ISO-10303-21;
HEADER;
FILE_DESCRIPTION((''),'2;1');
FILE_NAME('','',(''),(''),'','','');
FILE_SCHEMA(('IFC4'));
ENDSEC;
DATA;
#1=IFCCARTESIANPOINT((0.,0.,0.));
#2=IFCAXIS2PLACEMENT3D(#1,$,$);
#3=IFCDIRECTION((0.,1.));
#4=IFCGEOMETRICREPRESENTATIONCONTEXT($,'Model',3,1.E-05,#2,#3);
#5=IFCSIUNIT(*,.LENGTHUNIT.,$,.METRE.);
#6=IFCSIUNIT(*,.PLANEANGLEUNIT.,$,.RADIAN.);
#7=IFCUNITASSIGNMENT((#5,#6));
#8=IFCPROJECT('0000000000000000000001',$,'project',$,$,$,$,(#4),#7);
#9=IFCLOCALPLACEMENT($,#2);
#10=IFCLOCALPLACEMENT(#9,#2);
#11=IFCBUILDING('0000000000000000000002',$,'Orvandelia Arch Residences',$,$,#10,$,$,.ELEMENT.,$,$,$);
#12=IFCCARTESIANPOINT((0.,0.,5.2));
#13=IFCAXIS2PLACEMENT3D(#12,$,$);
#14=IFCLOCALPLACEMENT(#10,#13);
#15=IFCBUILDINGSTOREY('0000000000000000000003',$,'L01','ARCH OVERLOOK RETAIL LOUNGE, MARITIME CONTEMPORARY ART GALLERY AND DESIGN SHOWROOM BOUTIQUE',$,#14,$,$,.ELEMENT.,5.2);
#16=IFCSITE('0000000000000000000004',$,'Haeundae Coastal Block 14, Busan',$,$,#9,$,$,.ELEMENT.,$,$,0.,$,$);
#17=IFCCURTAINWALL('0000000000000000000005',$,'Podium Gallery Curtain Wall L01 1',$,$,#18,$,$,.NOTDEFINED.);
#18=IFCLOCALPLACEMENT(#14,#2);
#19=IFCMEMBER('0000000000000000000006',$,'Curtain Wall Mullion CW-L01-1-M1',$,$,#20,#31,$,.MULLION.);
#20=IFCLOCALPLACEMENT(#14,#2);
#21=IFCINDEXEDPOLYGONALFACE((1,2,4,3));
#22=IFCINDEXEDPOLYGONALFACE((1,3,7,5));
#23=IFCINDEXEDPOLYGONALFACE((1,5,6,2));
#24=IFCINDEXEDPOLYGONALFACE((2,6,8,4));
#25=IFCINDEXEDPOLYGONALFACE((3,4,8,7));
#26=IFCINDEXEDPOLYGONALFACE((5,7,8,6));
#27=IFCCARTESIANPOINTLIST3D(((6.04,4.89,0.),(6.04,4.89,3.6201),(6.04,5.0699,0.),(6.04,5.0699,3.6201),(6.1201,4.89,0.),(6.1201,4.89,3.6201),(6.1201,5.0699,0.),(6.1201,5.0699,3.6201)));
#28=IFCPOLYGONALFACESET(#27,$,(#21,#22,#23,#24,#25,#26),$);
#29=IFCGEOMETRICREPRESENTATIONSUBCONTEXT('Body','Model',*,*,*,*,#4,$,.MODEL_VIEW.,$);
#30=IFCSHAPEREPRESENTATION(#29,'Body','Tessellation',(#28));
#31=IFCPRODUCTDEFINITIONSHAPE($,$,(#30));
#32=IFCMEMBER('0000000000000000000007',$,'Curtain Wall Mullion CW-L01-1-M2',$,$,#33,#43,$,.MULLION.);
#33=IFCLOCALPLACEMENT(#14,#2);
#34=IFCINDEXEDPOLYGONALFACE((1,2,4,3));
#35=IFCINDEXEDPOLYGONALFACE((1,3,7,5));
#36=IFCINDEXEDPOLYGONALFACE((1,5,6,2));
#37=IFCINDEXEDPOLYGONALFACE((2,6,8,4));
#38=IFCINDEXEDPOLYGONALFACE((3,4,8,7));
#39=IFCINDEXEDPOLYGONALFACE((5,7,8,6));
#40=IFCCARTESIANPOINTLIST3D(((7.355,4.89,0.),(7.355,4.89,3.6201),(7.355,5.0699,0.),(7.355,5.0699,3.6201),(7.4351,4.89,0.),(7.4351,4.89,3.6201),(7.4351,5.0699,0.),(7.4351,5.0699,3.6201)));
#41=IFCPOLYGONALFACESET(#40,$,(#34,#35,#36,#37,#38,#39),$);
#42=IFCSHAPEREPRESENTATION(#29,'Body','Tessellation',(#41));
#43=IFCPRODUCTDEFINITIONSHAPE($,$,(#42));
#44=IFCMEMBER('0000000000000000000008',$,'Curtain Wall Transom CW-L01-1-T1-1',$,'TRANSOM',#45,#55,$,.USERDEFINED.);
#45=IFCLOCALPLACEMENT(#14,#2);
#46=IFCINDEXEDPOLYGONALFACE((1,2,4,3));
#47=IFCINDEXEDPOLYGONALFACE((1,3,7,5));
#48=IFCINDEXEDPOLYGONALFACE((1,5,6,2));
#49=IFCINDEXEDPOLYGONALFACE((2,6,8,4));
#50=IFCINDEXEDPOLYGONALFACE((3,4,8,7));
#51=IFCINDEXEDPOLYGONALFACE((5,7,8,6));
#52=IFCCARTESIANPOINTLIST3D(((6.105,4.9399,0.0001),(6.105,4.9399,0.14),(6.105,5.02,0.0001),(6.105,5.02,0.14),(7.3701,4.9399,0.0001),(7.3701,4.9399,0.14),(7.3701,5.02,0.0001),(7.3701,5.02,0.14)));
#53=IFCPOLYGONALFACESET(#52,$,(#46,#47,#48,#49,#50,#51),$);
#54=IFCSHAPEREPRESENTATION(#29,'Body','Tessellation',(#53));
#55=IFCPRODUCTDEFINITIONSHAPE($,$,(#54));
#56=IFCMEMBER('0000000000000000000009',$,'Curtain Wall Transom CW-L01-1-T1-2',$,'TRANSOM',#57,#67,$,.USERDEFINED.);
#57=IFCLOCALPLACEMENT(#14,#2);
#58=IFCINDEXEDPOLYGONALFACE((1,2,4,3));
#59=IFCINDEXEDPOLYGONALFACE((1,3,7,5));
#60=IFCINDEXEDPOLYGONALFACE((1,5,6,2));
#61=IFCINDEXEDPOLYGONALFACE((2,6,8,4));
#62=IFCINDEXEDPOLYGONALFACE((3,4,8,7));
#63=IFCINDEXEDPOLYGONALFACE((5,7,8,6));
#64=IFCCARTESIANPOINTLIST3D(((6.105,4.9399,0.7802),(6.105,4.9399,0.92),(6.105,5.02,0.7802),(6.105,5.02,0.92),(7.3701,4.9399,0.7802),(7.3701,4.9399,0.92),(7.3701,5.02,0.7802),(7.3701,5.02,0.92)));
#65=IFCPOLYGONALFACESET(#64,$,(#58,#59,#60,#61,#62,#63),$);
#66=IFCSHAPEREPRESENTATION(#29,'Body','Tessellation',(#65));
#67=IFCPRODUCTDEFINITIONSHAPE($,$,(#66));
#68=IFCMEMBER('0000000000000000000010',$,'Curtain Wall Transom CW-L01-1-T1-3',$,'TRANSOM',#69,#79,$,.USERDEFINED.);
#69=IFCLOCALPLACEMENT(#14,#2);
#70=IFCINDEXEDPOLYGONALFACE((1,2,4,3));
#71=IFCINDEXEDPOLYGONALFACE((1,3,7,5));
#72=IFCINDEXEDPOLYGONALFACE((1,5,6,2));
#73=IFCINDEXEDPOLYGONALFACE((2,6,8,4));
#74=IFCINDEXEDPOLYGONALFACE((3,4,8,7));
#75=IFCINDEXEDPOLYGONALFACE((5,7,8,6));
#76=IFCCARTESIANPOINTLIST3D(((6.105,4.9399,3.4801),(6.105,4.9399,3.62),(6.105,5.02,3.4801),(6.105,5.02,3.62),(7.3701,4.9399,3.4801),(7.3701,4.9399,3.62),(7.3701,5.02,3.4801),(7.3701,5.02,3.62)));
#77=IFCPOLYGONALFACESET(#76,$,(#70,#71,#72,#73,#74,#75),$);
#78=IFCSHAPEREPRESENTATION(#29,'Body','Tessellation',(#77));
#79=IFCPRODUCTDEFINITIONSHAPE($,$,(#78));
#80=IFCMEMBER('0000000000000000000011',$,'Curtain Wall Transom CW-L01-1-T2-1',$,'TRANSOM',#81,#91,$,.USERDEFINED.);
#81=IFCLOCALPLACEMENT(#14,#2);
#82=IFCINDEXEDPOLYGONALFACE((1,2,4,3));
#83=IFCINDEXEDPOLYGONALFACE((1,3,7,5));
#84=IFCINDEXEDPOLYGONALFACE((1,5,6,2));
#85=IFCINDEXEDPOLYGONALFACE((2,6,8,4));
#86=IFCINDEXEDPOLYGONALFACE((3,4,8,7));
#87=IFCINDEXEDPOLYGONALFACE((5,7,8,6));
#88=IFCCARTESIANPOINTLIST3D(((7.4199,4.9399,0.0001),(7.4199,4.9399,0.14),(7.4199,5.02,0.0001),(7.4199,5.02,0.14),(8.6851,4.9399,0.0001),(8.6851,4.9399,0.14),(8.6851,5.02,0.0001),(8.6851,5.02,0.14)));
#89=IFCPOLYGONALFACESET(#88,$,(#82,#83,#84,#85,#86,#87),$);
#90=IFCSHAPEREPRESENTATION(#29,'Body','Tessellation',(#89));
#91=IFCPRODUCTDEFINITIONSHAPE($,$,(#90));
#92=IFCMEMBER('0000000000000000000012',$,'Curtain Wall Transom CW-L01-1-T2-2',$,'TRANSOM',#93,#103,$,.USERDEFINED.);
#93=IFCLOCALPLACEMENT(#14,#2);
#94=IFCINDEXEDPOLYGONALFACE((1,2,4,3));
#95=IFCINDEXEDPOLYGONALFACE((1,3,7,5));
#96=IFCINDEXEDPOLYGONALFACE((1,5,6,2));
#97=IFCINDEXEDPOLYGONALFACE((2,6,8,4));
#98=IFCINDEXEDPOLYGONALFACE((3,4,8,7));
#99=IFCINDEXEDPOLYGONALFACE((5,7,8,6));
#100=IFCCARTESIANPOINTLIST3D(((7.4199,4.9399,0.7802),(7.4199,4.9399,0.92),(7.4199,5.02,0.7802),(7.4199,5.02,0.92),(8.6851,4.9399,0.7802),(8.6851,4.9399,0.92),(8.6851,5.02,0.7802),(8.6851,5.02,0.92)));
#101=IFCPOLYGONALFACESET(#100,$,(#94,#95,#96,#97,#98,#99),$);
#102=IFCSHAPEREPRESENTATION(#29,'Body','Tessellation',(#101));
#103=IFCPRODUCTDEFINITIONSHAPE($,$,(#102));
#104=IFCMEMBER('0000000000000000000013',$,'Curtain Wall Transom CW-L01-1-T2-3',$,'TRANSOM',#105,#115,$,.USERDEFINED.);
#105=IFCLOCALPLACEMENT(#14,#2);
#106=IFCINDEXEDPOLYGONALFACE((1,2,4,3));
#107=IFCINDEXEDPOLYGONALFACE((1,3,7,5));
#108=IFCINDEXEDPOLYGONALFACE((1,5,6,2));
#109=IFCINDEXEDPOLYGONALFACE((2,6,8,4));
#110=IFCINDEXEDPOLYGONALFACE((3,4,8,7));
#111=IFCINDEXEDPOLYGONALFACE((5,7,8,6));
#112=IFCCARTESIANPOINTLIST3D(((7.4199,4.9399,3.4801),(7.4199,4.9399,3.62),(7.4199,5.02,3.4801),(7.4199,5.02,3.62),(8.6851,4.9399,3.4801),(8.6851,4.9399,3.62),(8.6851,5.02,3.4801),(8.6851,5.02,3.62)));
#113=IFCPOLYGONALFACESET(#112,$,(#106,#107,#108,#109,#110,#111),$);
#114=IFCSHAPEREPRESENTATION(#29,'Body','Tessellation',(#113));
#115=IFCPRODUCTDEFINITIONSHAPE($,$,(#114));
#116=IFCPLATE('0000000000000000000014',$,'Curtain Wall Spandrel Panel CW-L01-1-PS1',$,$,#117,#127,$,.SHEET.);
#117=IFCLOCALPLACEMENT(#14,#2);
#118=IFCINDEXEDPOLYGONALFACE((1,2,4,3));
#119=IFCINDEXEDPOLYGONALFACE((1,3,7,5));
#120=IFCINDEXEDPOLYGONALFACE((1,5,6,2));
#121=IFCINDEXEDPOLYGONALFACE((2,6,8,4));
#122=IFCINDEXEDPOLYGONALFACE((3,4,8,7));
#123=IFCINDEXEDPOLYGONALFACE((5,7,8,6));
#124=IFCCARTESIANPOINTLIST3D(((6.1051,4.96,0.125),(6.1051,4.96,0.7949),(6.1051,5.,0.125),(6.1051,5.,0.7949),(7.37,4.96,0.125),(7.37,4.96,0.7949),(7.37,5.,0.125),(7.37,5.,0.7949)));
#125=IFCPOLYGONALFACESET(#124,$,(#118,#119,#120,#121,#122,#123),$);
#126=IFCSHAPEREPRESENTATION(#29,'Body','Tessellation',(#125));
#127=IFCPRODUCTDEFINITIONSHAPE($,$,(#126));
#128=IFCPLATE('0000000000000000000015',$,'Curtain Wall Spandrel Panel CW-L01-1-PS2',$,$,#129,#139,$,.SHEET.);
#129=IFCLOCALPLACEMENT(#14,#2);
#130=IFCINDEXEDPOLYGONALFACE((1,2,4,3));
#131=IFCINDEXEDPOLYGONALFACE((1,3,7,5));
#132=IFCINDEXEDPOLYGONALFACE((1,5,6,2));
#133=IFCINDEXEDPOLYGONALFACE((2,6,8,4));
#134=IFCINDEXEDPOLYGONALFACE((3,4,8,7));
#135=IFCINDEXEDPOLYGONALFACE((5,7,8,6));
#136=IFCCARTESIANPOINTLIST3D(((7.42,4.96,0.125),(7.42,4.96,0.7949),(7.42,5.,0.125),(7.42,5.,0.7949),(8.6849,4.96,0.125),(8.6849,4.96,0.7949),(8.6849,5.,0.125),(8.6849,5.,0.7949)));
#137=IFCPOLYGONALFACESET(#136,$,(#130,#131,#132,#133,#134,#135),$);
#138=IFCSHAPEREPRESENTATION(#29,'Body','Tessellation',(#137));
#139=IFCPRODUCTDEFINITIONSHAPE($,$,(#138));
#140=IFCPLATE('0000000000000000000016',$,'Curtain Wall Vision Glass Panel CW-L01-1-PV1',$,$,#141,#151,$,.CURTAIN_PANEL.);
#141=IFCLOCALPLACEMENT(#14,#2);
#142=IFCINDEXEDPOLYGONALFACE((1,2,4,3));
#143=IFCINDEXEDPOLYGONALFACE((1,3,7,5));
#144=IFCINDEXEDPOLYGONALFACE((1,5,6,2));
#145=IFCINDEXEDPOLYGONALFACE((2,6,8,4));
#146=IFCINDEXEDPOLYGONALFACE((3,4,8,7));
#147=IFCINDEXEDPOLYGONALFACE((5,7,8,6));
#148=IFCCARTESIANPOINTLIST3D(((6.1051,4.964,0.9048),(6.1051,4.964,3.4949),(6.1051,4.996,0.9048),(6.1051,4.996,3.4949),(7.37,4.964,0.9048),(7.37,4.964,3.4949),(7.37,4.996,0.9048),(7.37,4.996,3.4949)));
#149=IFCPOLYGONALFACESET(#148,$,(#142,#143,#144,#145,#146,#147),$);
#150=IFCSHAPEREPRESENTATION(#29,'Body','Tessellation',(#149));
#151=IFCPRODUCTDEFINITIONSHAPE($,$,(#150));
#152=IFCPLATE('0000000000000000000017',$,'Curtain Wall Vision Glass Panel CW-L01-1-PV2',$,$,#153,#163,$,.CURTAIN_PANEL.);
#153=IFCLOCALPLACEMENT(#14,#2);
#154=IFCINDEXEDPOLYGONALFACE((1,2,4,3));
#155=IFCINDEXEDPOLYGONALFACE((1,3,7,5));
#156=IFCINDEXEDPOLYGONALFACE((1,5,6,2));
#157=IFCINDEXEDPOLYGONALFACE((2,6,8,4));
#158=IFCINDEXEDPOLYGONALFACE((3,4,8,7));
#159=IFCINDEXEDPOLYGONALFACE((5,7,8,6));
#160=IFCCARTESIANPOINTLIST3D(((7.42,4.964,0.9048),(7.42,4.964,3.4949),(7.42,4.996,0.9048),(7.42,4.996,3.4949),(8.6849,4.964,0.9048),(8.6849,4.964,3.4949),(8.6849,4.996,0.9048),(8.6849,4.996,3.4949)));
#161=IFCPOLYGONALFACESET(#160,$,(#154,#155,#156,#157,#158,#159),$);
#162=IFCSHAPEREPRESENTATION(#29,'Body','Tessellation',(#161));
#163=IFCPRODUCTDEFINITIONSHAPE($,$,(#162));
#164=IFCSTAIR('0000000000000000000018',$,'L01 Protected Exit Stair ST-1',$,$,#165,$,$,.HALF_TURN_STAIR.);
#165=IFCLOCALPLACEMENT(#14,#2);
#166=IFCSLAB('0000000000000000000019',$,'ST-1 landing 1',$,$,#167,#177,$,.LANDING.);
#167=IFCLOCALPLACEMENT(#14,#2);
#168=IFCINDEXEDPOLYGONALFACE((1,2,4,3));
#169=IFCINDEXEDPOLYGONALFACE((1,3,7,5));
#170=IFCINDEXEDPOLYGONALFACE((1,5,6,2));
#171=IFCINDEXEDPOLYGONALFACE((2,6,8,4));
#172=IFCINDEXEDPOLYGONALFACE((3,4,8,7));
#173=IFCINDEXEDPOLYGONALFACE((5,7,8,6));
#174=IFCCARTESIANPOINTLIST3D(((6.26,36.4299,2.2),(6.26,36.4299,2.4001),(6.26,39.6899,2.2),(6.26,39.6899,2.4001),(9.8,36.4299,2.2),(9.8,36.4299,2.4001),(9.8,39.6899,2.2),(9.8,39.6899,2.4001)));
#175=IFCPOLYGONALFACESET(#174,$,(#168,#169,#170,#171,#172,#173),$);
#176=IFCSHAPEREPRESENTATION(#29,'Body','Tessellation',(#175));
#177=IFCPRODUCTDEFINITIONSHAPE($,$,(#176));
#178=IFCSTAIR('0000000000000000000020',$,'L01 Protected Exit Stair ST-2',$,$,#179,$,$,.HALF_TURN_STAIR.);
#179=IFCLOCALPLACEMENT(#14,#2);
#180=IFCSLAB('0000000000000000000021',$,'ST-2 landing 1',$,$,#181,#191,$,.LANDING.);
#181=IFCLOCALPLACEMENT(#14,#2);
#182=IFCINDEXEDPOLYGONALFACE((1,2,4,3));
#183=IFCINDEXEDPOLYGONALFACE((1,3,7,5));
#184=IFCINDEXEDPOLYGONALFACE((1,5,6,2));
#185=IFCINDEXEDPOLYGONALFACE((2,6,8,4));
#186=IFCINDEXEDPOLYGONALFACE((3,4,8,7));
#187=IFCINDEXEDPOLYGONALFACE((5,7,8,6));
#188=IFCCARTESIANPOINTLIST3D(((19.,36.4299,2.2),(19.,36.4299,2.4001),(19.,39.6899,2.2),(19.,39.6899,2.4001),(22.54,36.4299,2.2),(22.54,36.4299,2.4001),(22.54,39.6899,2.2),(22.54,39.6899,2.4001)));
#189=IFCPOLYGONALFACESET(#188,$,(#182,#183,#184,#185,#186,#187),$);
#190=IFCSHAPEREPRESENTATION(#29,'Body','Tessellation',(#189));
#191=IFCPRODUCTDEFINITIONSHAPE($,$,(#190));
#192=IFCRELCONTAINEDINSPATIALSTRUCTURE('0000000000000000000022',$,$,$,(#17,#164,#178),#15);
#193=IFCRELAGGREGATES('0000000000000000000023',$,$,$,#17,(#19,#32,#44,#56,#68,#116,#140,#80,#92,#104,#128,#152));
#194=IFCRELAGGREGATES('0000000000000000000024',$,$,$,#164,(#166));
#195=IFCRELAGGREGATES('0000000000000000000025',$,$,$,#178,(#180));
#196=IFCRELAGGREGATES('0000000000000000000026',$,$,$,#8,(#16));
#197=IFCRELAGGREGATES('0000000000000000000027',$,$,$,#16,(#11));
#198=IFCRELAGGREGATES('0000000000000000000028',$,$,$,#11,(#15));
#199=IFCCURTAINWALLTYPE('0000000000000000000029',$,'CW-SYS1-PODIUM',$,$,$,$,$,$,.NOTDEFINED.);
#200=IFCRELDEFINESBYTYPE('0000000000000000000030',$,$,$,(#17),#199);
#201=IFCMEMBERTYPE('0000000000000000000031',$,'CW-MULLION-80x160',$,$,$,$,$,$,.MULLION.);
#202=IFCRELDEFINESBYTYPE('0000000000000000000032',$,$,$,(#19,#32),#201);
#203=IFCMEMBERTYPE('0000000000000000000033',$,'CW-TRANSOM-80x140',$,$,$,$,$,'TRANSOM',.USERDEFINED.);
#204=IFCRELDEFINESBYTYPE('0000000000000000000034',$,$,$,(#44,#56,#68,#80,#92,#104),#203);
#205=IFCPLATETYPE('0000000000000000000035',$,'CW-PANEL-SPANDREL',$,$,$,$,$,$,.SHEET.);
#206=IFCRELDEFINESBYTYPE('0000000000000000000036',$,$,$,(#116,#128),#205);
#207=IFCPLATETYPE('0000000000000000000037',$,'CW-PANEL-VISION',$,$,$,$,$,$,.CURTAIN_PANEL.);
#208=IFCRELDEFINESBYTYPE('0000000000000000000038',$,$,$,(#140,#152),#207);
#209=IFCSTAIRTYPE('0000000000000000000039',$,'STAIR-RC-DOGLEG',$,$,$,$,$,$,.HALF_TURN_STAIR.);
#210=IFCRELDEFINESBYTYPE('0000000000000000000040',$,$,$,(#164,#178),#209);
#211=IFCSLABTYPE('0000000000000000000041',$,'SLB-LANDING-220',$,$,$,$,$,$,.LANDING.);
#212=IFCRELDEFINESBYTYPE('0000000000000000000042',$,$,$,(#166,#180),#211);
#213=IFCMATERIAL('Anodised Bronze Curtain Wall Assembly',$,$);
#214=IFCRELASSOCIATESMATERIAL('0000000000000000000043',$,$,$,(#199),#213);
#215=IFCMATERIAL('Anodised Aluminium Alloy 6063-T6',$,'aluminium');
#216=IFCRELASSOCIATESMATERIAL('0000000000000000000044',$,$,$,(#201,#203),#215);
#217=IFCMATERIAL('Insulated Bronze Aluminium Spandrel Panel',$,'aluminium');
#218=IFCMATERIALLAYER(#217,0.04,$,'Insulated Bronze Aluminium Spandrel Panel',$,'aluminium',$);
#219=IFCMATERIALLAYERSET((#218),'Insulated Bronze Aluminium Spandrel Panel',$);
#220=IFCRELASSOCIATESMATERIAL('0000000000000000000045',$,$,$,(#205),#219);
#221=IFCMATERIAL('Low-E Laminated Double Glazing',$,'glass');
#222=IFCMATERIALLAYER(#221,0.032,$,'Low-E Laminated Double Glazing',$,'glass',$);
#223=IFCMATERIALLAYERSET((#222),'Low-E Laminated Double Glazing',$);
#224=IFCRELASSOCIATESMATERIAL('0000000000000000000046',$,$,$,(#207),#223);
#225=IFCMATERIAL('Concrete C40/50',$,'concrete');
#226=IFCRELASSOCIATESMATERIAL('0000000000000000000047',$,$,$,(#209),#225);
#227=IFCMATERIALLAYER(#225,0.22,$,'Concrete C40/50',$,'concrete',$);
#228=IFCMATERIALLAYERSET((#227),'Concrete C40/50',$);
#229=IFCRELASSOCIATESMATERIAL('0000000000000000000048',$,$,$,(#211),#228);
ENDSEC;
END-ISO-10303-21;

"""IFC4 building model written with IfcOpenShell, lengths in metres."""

from ifc_helpers import new_model, si_unit, direction, frame, origin, origin_2d, place, context, subcontext, project, spatial, polyline, rectangle, outline, extrude, material, layer, layer_set, material_profile, profile_set, type_object, element, aggregate, save


model = new_model("IFC4")

# Units and contexts
model_context = context("Model", 3, precision=1e-05, world=origin(), true_north=direction((0.0, 1.0)))
body_context = subcontext(model_context, "Body", "Model", "MODEL_VIEW")
ifc_project = project(units=[si_unit("LENGTHUNIT", "METRE"), si_unit("PLANEANGLEUNIT", "RADIAN")], contexts=[model_context])

# Site, building, storey
site_placement = place(None, origin())
site = spatial("IfcSite", under=ifc_project, at=site_placement, Name="Haeundae Coastal Block 14, Busan", CompositionType="ELEMENT", RefElevation=0.0)
building_placement = place(site_placement, origin())
building = spatial("IfcBuilding", under=site, at=building_placement, Name="Orvandelia Arch Residences", CompositionType="ELEMENT")
storey_placement = place(building_placement, frame((0.0, 0.0, 5.2)))
storey = spatial("IfcBuildingStorey", under=building, at=storey_placement, Name="L01", Description="ARCH OVERLOOK RETAIL LOUNGE, MARITIME CONTEMPORARY ART GALLERY AND DESIGN SHOWROOM BOUTIQUE", CompositionType="ELEMENT", Elevation=5.2)

# Curtain wall, members, plates
ifc_material_1 = material(Name="Anodised Bronze Curtain Wall Assembly")
curtain_wall_type = type_object("IfcCurtainWallType", Name="CW-SYS1-PODIUM", PredefinedType="NOTDEFINED", material=ifc_material_1)
curtain_wall_placement = place(storey_placement, origin())
curtain_wall = element("IfcCurtainWall", 1, at=curtain_wall_placement, inside=storey, type_object=curtain_wall_type, Name="Podium Gallery Curtain Wall L01 1", PredefinedType="NOTDEFINED")
ifc_material_2 = material(Name="Anodised Aluminium Alloy 6063-T6", Category="aluminium")
ifc_material_profile_1 = material_profile(ifc_material_2, rectangle(XDim=0.0801, YDim=0.1799, at=origin_2d()), Name="Anodised Aluminium Alloy 6063-T6", Category="aluminium")
ifc_profile_set_1 = profile_set([ifc_material_profile_1], Name="Anodised Aluminium Alloy 6063-T6")
member_type_1 = type_object("IfcMemberType", Name="CW-MULLION-80x160", PredefinedType="MULLION", material=ifc_profile_set_1)
member_1_placement = place(storey_placement, frame((6.0801, 4.98, 0.0), z_axis=(0.0, 0.0, 1.0), x_axis=(1.0, 0.0, 0.0)))
member_1 = element("IfcMember", 2, at=member_1_placement, type_object=member_type_1, Name="Curtain Wall Mullion CW-L01-1-M1", PredefinedType="MULLION", context=body_context, shape_type="SweptSolid", body=[
    extrude(rectangle(XDim=0.0801, YDim=0.1799, at=origin_2d()), origin(), (0.0, 0.0, 1.0), 3.6201),
])
member_2_placement = place(storey_placement, frame((7.395, 4.98, 0.0), z_axis=(0.0, 0.0, 1.0), x_axis=(1.0, 0.0, 0.0)))
member_2 = element("IfcMember", 3, at=member_2_placement, type_object=member_type_1, Name="Curtain Wall Mullion CW-L01-1-M2", PredefinedType="MULLION", context=body_context, shape_type="SweptSolid", body=[
    extrude(rectangle(XDim=0.0801, YDim=0.1799, at=origin_2d()), origin(), (0.0, 0.0, 1.0), 3.6201),
])
ifc_material_profile_2 = material_profile(ifc_material_2, rectangle(XDim=0.0801, YDim=0.1399, at=origin_2d()), Name="Anodised Aluminium Alloy 6063-T6", Category="aluminium")
ifc_profile_set_2 = profile_set([ifc_material_profile_2], Name="Anodised Aluminium Alloy 6063-T6")
member_type_2 = type_object("IfcMemberType", Name="CW-TRANSOM-80x140", ElementType="TRANSOM", PredefinedType="USERDEFINED", material=ifc_profile_set_2)
member_3_placement = place(storey_placement, frame((6.105, 4.98, 0.0701), z_axis=(1.0, 0.0, 0.0), x_axis=(0.0, 1.0, 0.0)))
member_3 = element("IfcMember", 4, at=member_3_placement, type_object=member_type_2, Name="Curtain Wall Transom CW-L01-1-T1-1", ObjectType="TRANSOM", PredefinedType="USERDEFINED", context=body_context, shape_type="SweptSolid", body=[
    extrude(rectangle(XDim=0.0801, YDim=0.1399, at=origin_2d()), origin(), (0.0, 0.0, 1.0), 1.2651),
])
member_4_placement = place(storey_placement, frame((6.105, 4.98, 0.8501), z_axis=(1.0, 0.0, 0.0), x_axis=(0.0, 1.0, 0.0)))
member_4 = element("IfcMember", 5, at=member_4_placement, type_object=member_type_2, Name="Curtain Wall Transom CW-L01-1-T1-2", ObjectType="TRANSOM", PredefinedType="USERDEFINED", context=body_context, shape_type="SweptSolid", body=[
    extrude(rectangle(XDim=0.0801, YDim=0.1399, at=origin_2d()), origin(), (0.0, 0.0, 1.0), 1.2651),
])
member_5_placement = place(storey_placement, frame((6.105, 4.98, 3.55), z_axis=(1.0, 0.0, 0.0), x_axis=(0.0, 1.0, 0.0)))
member_5 = element("IfcMember", 6, at=member_5_placement, type_object=member_type_2, Name="Curtain Wall Transom CW-L01-1-T1-3", ObjectType="TRANSOM", PredefinedType="USERDEFINED", context=body_context, shape_type="SweptSolid", body=[
    extrude(rectangle(XDim=0.0801, YDim=0.1399, at=origin_2d()), origin(), (0.0, 0.0, 1.0), 1.2651),
])
member_6_placement = place(storey_placement, frame((7.4199, 4.98, 0.0701), z_axis=(1.0, 0.0, 0.0), x_axis=(0.0, 1.0, 0.0)))
member_6 = element("IfcMember", 7, at=member_6_placement, type_object=member_type_2, Name="Curtain Wall Transom CW-L01-1-T2-1", ObjectType="TRANSOM", PredefinedType="USERDEFINED", context=body_context, shape_type="SweptSolid", body=[
    extrude(rectangle(XDim=0.0801, YDim=0.1399, at=origin_2d()), origin(), (0.0, 0.0, 1.0), 1.2651),
])
member_7_placement = place(storey_placement, frame((7.4199, 4.98, 0.8501), z_axis=(1.0, 0.0, 0.0), x_axis=(0.0, 1.0, 0.0)))
member_7 = element("IfcMember", 8, at=member_7_placement, type_object=member_type_2, Name="Curtain Wall Transom CW-L01-1-T2-2", ObjectType="TRANSOM", PredefinedType="USERDEFINED", context=body_context, shape_type="SweptSolid", body=[
    extrude(rectangle(XDim=0.0801, YDim=0.1399, at=origin_2d()), origin(), (0.0, 0.0, 1.0), 1.2651),
])
member_8_placement = place(storey_placement, frame((7.4199, 4.98, 3.55), z_axis=(1.0, 0.0, 0.0), x_axis=(0.0, 1.0, 0.0)))
member_8 = element("IfcMember", 9, at=member_8_placement, type_object=member_type_2, Name="Curtain Wall Transom CW-L01-1-T2-3", ObjectType="TRANSOM", PredefinedType="USERDEFINED", context=body_context, shape_type="SweptSolid", body=[
    extrude(rectangle(XDim=0.0801, YDim=0.1399, at=origin_2d()), origin(), (0.0, 0.0, 1.0), 1.2651),
])
ifc_material_3 = material(Name="Insulated Bronze Aluminium Spandrel Panel", Category="aluminium")
ifc_layer_1 = layer(ifc_material_3, 0.04, Name="Insulated Bronze Aluminium Spandrel Panel", Category="aluminium")
ifc_layer_set_1 = layer_set([ifc_layer_1], Name="Insulated Bronze Aluminium Spandrel Panel")
plate_type_1 = type_object("IfcPlateType", Name="CW-PANEL-SPANDREL", PredefinedType="SHEET", material=ifc_layer_set_1)
plate_1_placement = place(storey_placement, frame((6.7375, 4.98, 0.125), z_axis=(0.0, 0.0, 1.0), x_axis=(1.0, 0.0, 0.0)))
plate_1 = element("IfcPlate", 10, at=plate_1_placement, type_object=plate_type_1, Name="Curtain Wall Spandrel Panel CW-L01-1-PS1", PredefinedType="SHEET", context=body_context, shape_type="SweptSolid", body=[
    extrude(rectangle(XDim=1.2649, YDim=0.04, at=origin_2d()), origin(), (0.0, 0.0, 1.0), 0.6699),
])
plate_2_placement = place(storey_placement, frame((8.0525, 4.98, 0.125), z_axis=(0.0, 0.0, 1.0), x_axis=(1.0, 0.0, 0.0)))
plate_2 = element("IfcPlate", 11, at=plate_2_placement, type_object=plate_type_1, Name="Curtain Wall Spandrel Panel CW-L01-1-PS2", PredefinedType="SHEET", context=body_context, shape_type="SweptSolid", body=[
    extrude(rectangle(XDim=1.2649, YDim=0.04, at=origin_2d()), origin(), (0.0, 0.0, 1.0), 0.6699),
])
ifc_material_4 = material(Name="Low-E Laminated Double Glazing", Category="glass")
ifc_layer_2 = layer(ifc_material_4, 0.032, Name="Low-E Laminated Double Glazing", Category="glass")
ifc_layer_set_2 = layer_set([ifc_layer_2], Name="Low-E Laminated Double Glazing")
plate_type_2 = type_object("IfcPlateType", Name="CW-PANEL-VISION", PredefinedType="CURTAIN_PANEL", material=ifc_layer_set_2)
plate_3_placement = place(storey_placement, frame((6.7375, 4.98, 0.9048), z_axis=(0.0, 0.0, 1.0), x_axis=(1.0, 0.0, 0.0)))
plate_3 = element("IfcPlate", 12, at=plate_3_placement, type_object=plate_type_2, Name="Curtain Wall Vision Glass Panel CW-L01-1-PV1", PredefinedType="CURTAIN_PANEL", context=body_context, shape_type="SweptSolid", body=[
    extrude(rectangle(XDim=1.2649, YDim=0.032, at=origin_2d()), origin(), (0.0, 0.0, 1.0), 2.5901),
])
plate_4_placement = place(storey_placement, frame((8.0525, 4.98, 0.9048), z_axis=(0.0, 0.0, 1.0), x_axis=(1.0, 0.0, 0.0)))
plate_4 = element("IfcPlate", 13, at=plate_4_placement, type_object=plate_type_2, Name="Curtain Wall Vision Glass Panel CW-L01-1-PV2", PredefinedType="CURTAIN_PANEL", context=body_context, shape_type="SweptSolid", body=[
    extrude(rectangle(XDim=1.2649, YDim=0.032, at=origin_2d()), origin(), (0.0, 0.0, 1.0), 2.5901),
])
aggregate(curtain_wall, [member_1, member_2, member_3, member_4, member_5, plate_1, plate_3, member_6, member_7, member_8, plate_2, plate_4])

# Stairs, slabs
ifc_material_5 = material(Name="Concrete C40/50", Category="concrete")
stair_type = type_object("IfcStairType", Name="STAIR-RC-DOGLEG", PredefinedType="HALF_TURN_STAIR", material=ifc_material_5)
stair_1_placement = place(storey_placement, origin())
stair_1 = element("IfcStair", 14, at=stair_1_placement, inside=storey, type_object=stair_type, Name="L01 Protected Exit Stair ST-1", PredefinedType="HALF_TURN_STAIR")
ifc_layer_3 = layer(ifc_material_5, 0.22, Name="Concrete C40/50", Category="concrete")
ifc_layer_set_3 = layer_set([ifc_layer_3], Name="Concrete C40/50")
slab_type_1 = type_object("IfcSlabType", Name="SLB-LANDING-220", PredefinedType="LANDING", material=ifc_layer_set_3)
slab_1_placement = place(storey_placement, frame((0.0, 0.0, 2.2)))
slab_1 = element("IfcSlab", 15, at=slab_1_placement, type_object=slab_type_1, Name="ST-1 landing 1", PredefinedType="LANDING", context=body_context, shape_type="SweptSolid", body=[
    extrude(outline(polyline([(9.8, 36.4299), (9.8, 39.6899), (6.26, 39.6899), (6.26, 36.4299), (9.8, 36.4299)])), origin(), (0.0, 0.0, 1.0), 0.2002),
])
aggregate(stair_1, [slab_1])
stair_2_placement = place(storey_placement, origin())
stair_2 = element("IfcStair", 16, at=stair_2_placement, inside=storey, type_object=stair_type, Name="L01 Protected Exit Stair ST-2", PredefinedType="HALF_TURN_STAIR")
slab_2_placement = place(storey_placement, frame((0.0, 0.0, 2.2)))
slab_2 = element("IfcSlab", 17, at=slab_2_placement, type_object=slab_type_1, Name="ST-2 landing 1", PredefinedType="LANDING", context=body_context, shape_type="SweptSolid", body=[
    extrude(outline(polyline([(22.54, 36.4299), (22.54, 39.6899), (19.0, 39.6899), (19.0, 36.4299), (22.54, 36.4299)])), origin(), (0.0, 0.0, 1.0), 0.2002),
])
aggregate(stair_2, [slab_2])

save(model, "model.ifc")
